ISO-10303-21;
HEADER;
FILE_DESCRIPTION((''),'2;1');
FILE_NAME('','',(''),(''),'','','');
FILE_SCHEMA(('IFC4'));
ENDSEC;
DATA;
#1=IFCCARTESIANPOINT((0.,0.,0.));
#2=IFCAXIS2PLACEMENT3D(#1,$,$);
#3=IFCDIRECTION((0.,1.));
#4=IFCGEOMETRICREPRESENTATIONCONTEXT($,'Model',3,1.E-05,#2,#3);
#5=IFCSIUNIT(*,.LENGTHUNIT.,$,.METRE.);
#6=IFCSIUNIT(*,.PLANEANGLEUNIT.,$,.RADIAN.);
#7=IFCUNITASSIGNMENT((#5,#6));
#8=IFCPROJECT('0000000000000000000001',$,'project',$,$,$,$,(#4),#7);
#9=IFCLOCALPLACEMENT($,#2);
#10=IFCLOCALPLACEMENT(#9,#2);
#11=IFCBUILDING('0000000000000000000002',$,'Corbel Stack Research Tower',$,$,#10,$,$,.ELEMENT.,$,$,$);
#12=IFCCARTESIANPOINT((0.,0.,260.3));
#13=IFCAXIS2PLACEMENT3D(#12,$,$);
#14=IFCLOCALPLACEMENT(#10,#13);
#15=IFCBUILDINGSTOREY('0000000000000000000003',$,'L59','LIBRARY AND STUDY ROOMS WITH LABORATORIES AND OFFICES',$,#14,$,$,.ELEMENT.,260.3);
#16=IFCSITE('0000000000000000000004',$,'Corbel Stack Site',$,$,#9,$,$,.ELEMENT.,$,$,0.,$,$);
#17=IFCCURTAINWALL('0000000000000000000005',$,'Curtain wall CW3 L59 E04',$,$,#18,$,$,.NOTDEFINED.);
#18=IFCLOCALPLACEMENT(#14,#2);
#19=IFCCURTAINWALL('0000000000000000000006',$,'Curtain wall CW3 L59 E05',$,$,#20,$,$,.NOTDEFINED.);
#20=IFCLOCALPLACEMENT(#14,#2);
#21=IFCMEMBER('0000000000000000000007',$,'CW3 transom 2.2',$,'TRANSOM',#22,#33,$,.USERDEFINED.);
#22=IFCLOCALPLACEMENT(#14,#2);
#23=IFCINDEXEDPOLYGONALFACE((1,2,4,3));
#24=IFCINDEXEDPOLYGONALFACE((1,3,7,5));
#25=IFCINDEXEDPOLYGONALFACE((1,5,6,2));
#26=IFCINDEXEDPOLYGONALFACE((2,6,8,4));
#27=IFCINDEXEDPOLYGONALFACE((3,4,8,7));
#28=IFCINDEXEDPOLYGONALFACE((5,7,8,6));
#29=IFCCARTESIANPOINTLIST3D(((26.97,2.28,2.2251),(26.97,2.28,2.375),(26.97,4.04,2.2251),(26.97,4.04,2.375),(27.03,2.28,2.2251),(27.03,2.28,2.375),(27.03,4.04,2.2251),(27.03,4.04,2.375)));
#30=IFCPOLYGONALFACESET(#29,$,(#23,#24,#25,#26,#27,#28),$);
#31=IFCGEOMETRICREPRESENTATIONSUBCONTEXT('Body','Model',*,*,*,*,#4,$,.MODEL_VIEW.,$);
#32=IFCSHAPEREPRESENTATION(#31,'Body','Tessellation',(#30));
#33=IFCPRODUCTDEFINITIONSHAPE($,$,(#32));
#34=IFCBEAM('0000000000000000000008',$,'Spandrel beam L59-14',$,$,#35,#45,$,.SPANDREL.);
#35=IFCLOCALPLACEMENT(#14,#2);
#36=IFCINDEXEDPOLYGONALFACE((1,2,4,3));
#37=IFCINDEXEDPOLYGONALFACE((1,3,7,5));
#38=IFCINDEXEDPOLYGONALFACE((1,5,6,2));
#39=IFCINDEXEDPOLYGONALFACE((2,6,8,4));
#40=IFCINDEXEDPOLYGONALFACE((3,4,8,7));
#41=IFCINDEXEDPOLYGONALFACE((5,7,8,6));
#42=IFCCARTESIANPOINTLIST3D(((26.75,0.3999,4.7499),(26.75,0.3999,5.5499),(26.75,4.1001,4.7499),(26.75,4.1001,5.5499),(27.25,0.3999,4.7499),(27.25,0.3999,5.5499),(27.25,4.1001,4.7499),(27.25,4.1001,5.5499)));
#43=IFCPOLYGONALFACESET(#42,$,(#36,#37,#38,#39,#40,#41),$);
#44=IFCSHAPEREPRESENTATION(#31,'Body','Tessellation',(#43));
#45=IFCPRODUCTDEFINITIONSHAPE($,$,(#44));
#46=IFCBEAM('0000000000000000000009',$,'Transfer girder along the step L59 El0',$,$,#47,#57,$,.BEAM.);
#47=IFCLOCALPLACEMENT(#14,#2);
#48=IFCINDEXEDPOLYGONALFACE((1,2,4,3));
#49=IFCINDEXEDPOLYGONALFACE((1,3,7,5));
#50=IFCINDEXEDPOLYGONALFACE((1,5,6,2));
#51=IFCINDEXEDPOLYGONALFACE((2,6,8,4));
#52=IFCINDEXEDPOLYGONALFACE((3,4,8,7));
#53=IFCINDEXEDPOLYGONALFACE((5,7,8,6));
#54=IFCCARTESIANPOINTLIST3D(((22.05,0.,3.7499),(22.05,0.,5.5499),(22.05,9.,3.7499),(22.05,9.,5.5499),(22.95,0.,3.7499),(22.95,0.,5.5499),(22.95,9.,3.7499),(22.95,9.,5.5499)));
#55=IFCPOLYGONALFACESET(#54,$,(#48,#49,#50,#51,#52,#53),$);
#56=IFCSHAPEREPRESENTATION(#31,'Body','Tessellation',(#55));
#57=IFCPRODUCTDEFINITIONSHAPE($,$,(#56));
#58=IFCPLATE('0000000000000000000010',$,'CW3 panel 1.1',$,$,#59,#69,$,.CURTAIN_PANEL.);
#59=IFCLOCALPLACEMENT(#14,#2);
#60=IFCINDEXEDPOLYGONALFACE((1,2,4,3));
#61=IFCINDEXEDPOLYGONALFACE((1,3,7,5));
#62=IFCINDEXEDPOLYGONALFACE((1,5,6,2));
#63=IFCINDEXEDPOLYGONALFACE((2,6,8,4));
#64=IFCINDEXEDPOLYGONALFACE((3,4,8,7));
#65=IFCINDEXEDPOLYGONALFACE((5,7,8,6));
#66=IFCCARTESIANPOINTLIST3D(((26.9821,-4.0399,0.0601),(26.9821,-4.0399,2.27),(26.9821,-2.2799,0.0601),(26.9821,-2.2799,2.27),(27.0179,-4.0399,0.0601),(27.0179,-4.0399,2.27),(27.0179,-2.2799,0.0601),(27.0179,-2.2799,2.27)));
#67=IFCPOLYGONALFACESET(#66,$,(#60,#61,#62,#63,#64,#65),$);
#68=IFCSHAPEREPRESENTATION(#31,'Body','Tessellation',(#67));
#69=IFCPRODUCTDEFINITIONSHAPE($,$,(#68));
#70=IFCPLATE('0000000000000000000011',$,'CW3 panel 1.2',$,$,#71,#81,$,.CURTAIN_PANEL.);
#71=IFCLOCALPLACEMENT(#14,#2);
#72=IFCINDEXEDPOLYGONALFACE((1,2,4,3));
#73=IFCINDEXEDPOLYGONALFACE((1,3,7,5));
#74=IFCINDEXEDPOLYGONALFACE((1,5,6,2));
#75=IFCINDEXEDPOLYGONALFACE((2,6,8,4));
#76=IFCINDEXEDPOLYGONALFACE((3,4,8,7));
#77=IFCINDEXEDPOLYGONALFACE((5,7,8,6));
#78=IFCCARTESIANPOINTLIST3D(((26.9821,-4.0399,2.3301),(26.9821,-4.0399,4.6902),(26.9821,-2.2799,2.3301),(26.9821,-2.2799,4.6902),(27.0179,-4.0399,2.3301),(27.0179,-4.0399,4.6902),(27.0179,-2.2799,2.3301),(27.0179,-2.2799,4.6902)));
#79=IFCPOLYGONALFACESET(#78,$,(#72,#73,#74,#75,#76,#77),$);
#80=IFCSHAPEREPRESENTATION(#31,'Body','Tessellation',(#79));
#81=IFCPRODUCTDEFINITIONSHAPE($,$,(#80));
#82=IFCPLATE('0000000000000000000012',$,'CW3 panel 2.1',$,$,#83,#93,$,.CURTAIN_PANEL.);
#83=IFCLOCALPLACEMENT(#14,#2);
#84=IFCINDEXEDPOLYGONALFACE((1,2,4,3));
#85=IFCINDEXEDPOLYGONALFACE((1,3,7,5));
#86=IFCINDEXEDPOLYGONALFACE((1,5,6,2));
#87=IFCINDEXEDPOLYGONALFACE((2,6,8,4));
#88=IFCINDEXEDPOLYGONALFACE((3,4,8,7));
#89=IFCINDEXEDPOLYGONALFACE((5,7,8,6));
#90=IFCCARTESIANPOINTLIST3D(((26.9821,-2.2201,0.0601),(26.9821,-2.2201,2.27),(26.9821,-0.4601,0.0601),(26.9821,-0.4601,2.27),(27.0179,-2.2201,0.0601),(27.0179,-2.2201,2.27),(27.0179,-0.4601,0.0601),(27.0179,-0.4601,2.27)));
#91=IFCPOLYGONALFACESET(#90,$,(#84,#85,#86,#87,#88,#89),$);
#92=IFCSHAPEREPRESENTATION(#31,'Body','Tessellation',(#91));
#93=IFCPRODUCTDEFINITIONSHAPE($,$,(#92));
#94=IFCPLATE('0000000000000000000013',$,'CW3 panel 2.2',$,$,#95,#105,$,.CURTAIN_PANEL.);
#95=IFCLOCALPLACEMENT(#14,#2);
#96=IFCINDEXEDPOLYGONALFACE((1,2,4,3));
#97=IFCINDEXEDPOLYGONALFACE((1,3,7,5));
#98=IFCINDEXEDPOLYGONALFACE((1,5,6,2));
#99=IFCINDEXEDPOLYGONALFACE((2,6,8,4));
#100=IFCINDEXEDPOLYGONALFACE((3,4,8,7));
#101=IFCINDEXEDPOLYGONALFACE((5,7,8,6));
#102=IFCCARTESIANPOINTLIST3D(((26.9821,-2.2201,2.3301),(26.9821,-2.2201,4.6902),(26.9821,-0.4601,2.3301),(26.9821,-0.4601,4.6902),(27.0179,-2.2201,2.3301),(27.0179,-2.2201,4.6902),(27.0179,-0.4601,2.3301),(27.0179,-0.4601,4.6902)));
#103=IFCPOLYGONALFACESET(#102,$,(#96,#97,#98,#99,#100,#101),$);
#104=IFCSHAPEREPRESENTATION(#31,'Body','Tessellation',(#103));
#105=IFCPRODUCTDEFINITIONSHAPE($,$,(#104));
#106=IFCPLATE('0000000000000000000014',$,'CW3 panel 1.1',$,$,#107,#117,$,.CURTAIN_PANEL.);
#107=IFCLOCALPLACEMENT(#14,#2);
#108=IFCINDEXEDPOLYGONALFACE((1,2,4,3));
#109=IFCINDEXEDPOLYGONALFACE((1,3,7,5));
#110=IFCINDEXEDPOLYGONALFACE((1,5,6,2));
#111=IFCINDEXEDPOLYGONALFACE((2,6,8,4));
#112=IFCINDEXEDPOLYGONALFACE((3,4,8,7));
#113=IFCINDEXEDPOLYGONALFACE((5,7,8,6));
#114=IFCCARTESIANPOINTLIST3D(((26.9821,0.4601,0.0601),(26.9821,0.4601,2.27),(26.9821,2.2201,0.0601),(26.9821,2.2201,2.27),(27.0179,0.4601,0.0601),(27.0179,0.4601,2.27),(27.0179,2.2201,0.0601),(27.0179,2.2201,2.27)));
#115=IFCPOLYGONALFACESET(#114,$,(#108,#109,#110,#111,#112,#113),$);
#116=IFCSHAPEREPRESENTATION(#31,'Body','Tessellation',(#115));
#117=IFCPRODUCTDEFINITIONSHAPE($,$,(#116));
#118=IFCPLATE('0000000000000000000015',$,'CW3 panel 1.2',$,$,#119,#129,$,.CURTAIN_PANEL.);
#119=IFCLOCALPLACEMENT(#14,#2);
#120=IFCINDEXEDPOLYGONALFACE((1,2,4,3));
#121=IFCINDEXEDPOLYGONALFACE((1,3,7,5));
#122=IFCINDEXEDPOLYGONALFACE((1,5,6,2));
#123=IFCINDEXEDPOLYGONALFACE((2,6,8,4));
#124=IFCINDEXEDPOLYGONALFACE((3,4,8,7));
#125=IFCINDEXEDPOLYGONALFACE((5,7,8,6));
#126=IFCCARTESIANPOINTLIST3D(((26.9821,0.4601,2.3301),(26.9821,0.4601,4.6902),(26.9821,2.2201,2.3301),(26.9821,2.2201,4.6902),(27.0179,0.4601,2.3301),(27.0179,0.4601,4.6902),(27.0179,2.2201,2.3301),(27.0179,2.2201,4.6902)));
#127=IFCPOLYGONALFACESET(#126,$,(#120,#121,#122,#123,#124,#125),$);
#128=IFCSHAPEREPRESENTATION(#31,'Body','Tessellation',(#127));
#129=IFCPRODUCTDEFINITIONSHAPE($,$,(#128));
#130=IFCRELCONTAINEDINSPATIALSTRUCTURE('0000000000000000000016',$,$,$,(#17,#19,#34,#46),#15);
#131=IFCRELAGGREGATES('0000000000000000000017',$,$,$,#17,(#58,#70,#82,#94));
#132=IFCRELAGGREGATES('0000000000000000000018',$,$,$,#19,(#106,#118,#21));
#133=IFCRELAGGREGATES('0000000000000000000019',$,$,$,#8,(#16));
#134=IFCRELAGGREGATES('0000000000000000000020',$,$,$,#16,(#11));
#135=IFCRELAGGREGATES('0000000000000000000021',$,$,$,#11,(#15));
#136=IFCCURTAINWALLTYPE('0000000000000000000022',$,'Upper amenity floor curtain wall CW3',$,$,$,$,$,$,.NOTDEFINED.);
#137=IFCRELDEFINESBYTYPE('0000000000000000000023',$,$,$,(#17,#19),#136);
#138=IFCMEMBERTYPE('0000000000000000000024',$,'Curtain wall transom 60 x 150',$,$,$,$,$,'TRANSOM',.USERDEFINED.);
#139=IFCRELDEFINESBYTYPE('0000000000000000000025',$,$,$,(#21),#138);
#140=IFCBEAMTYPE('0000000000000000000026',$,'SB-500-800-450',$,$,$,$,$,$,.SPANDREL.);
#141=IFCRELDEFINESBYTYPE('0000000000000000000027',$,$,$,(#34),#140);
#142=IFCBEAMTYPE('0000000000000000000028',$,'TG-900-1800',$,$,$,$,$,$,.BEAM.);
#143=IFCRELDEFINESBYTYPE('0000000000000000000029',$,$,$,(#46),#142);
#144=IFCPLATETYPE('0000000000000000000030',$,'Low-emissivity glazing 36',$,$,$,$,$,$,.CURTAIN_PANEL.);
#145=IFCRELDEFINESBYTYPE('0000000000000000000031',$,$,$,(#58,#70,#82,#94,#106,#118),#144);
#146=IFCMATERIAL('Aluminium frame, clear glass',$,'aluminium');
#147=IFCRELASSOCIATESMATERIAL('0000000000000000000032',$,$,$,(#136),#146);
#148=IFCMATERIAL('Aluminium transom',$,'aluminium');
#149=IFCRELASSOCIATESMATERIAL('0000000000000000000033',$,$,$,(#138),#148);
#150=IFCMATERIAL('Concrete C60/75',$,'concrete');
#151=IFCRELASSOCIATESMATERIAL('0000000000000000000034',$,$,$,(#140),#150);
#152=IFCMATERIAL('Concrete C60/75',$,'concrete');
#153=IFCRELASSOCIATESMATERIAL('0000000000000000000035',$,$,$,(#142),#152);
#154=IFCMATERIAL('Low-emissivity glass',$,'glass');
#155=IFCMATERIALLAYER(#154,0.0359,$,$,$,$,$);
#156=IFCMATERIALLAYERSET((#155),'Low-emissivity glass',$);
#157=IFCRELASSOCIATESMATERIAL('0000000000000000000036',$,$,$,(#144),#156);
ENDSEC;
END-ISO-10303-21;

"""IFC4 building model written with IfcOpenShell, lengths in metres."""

from ifc_helpers import new_model, si_unit, direction, frame, origin, origin_2d, place, context, subcontext, project, spatial, rectangle, extrude, material, layer, layer_set, material_profile, profile_set, type_object, element, aggregate, save


model = new_model("IFC4")

# Units and contexts
model_context = context("Model", 3, precision=1e-05, world=origin(), true_north=direction((0.0, 1.0)))
body_context = subcontext(model_context, "Body", "Model", "MODEL_VIEW")
ifc_project = project(units=[si_unit("LENGTHUNIT", "METRE"), si_unit("PLANEANGLEUNIT", "RADIAN")], contexts=[model_context])

# Site, building, storey
site_placement = place(None, origin())
site = spatial("IfcSite", under=ifc_project, at=site_placement, Name="Corbel Stack Site", CompositionType="ELEMENT", RefElevation=0.0)
building_placement = place(site_placement, origin())
building = spatial("IfcBuilding", under=site, at=building_placement, Name="Corbel Stack Research Tower", CompositionType="ELEMENT")
storey_placement = place(building_placement, frame((0.0, 0.0, 260.3)))
storey = spatial("IfcBuildingStorey", under=building, at=storey_placement, Name="L59", Description="LIBRARY AND STUDY ROOMS WITH LABORATORIES AND OFFICES", CompositionType="ELEMENT", Elevation=260.3)

# Curtain walls
ifc_material_1 = material(Name="Aluminium frame, clear glass", Category="aluminium")
curtain_wall_type = type_object("IfcCurtainWallType", Name="Upper amenity floor curtain wall CW3", PredefinedType="NOTDEFINED", material=ifc_material_1)
curtain_wall_1_placement = place(storey_placement, origin())
curtain_wall_1 = element("IfcCurtainWall", 1, at=curtain_wall_1_placement, inside=storey, type_object=curtain_wall_type, Name="Curtain wall CW3 L59 E04", PredefinedType="NOTDEFINED")
curtain_wall_2_placement = place(storey_placement, origin())
curtain_wall_2 = element("IfcCurtainWall", 2, at=curtain_wall_2_placement, inside=storey, type_object=curtain_wall_type, Name="Curtain wall CW3 L59 E05", PredefinedType="NOTDEFINED")

# Member
ifc_material_2 = material(Name="Aluminium transom", Category="aluminium")
ifc_material_profile_1 = material_profile(ifc_material_2, rectangle(XDim=0.0601, YDim=0.1499, at=origin_2d()), Name="Transom 60 x 150")
ifc_profile_set_1 = profile_set([ifc_material_profile_1], Name="Aluminium transom")
member_type_1 = type_object("IfcMemberType", Name="Curtain wall transom 60 x 150", ElementType="TRANSOM", PredefinedType="USERDEFINED", material=ifc_profile_set_1)
member_1_placement = place(storey_placement, frame((27.0, 2.28, 2.3), z_axis=(0.0, 1.0, 0.0), x_axis=(-1.0, 0.0, 0.0)))
member_1 = element("IfcMember", 3, at=member_1_placement, type_object=member_type_1, Name="CW3 transom 2.2", ObjectType="TRANSOM", PredefinedType="USERDEFINED", context=body_context, shape_type="SweptSolid", body=[
    extrude(rectangle(XDim=0.0601, YDim=0.1499, at=origin_2d()), origin(), (0.0, 0.0, 1.0), 1.76),
])

# Beams
ifc_material_3 = material(Name="Concrete C60/75", Category="concrete")
ifc_material_profile_2 = material_profile(ifc_material_3, rectangle(XDim=0.5, YDim=0.8, at=origin_2d()), Name="RC 500 x 800")
ifc_profile_set_2 = profile_set([ifc_material_profile_2], Name="Concrete C60/75")
beam_type_1 = type_object("IfcBeamType", Name="SB-500-800-450", PredefinedType="SPANDREL", material=ifc_profile_set_2)
beam_1_placement = place(storey_placement, frame((27.0, 0.3999, 5.1499), z_axis=(0.0, 1.0, 0.0), x_axis=(-1.0, 0.0, 0.0)))
element("IfcBeam", 4, at=beam_1_placement, inside=storey, type_object=beam_type_1, Name="Spandrel beam L59-14", PredefinedType="SPANDREL", context=body_context, shape_type="SweptSolid", body=[
    extrude(rectangle(XDim=0.5, YDim=0.8, at=origin_2d()), origin(), (0.0, 0.0, 1.0), 3.7002),
])
ifc_material_4 = material(Name="Concrete C60/75", Category="concrete")
ifc_material_profile_3 = material_profile(ifc_material_4, rectangle(XDim=0.8999, YDim=1.8, at=origin_2d()), Name="RC 900 x 1800")
ifc_profile_set_3 = profile_set([ifc_material_profile_3], Name="Concrete C60/75")
beam_type_2 = type_object("IfcBeamType", Name="TG-900-1800", PredefinedType="BEAM", material=ifc_profile_set_3)
beam_2_placement = place(storey_placement, frame((22.5, 0.0, 4.6499), z_axis=(0.0, 1.0, 0.0), x_axis=(-1.0, 0.0, 0.0)))
element("IfcBeam", 5, at=beam_2_placement, inside=storey, type_object=beam_type_2, Name="Transfer girder along the step L59 El0", PredefinedType="BEAM", context=body_context, shape_type="SweptSolid", body=[
    extrude(rectangle(XDim=0.8999, YDim=1.8, at=origin_2d()), origin(), (0.0, 0.0, 1.0), 9.0),
])

# Plates
ifc_material_5 = material(Name="Low-emissivity glass", Category="glass")
ifc_layer = layer(ifc_material_5, 0.0359)
ifc_layer_set = layer_set([ifc_layer], Name="Low-emissivity glass")
plate_type = type_object("IfcPlateType", Name="Low-emissivity glazing 36", PredefinedType="CURTAIN_PANEL", material=ifc_layer_set)
plate_1_placement = place(storey_placement, frame((27.0, -3.1599, 0.0601), z_axis=(0.0, 0.0, 1.0), x_axis=(0.0, 1.0, 0.0)))
plate_1 = element("IfcPlate", 6, at=plate_1_placement, type_object=plate_type, Name="CW3 panel 1.1", PredefinedType="CURTAIN_PANEL", context=body_context, shape_type="SweptSolid", body=[
    extrude(rectangle(XDim=1.76, YDim=0.0359, at=origin_2d()), origin(), (0.0, 0.0, 1.0), 2.21),
])
plate_2_placement = place(storey_placement, frame((27.0, -3.1599, 2.3301), z_axis=(0.0, 0.0, 1.0), x_axis=(0.0, 1.0, 0.0)))
plate_2 = element("IfcPlate", 7, at=plate_2_placement, type_object=plate_type, Name="CW3 panel 1.2", PredefinedType="CURTAIN_PANEL", context=body_context, shape_type="SweptSolid", body=[
    extrude(rectangle(XDim=1.76, YDim=0.0359, at=origin_2d()), origin(), (0.0, 0.0, 1.0), 2.3601),
])
plate_3_placement = place(storey_placement, frame((27.0, -1.3401, 0.0601), z_axis=(0.0, 0.0, 1.0), x_axis=(0.0, 1.0, 0.0)))
plate_3 = element("IfcPlate", 8, at=plate_3_placement, type_object=plate_type, Name="CW3 panel 2.1", PredefinedType="CURTAIN_PANEL", context=body_context, shape_type="SweptSolid", body=[
    extrude(rectangle(XDim=1.76, YDim=0.0359, at=origin_2d()), origin(), (0.0, 0.0, 1.0), 2.21),
])
plate_4_placement = place(storey_placement, frame((27.0, -1.3401, 2.3301), z_axis=(0.0, 0.0, 1.0), x_axis=(0.0, 1.0, 0.0)))
plate_4 = element("IfcPlate", 9, at=plate_4_placement, type_object=plate_type, Name="CW3 panel 2.2", PredefinedType="CURTAIN_PANEL", context=body_context, shape_type="SweptSolid", body=[
    extrude(rectangle(XDim=1.76, YDim=0.0359, at=origin_2d()), origin(), (0.0, 0.0, 1.0), 2.3601),
])
aggregate(curtain_wall_1, [plate_1, plate_2, plate_3, plate_4])
plate_5_placement = place(storey_placement, frame((27.0, 1.3401, 0.0601), z_axis=(0.0, 0.0, 1.0), x_axis=(0.0, 1.0, 0.0)))
plate_5 = element("IfcPlate", 10, at=plate_5_placement, type_object=plate_type, Name="CW3 panel 1.1", PredefinedType="CURTAIN_PANEL", context=body_context, shape_type="SweptSolid", body=[
    extrude(rectangle(XDim=1.76, YDim=0.0359, at=origin_2d()), origin(), (0.0, 0.0, 1.0), 2.21),
])
plate_6_placement = place(storey_placement, frame((27.0, 1.3401, 2.3301), z_axis=(0.0, 0.0, 1.0), x_axis=(0.0, 1.0, 0.0)))
plate_6 = element("IfcPlate", 11, at=plate_6_placement, type_object=plate_type, Name="CW3 panel 1.2", PredefinedType="CURTAIN_PANEL", context=body_context, shape_type="SweptSolid", body=[
    extrude(rectangle(XDim=1.76, YDim=0.0359, at=origin_2d()), origin(), (0.0, 0.0, 1.0), 2.3601),
])
aggregate(curtain_wall_2, [plate_5, plate_6, member_1])

save(model, "model.ifc")
